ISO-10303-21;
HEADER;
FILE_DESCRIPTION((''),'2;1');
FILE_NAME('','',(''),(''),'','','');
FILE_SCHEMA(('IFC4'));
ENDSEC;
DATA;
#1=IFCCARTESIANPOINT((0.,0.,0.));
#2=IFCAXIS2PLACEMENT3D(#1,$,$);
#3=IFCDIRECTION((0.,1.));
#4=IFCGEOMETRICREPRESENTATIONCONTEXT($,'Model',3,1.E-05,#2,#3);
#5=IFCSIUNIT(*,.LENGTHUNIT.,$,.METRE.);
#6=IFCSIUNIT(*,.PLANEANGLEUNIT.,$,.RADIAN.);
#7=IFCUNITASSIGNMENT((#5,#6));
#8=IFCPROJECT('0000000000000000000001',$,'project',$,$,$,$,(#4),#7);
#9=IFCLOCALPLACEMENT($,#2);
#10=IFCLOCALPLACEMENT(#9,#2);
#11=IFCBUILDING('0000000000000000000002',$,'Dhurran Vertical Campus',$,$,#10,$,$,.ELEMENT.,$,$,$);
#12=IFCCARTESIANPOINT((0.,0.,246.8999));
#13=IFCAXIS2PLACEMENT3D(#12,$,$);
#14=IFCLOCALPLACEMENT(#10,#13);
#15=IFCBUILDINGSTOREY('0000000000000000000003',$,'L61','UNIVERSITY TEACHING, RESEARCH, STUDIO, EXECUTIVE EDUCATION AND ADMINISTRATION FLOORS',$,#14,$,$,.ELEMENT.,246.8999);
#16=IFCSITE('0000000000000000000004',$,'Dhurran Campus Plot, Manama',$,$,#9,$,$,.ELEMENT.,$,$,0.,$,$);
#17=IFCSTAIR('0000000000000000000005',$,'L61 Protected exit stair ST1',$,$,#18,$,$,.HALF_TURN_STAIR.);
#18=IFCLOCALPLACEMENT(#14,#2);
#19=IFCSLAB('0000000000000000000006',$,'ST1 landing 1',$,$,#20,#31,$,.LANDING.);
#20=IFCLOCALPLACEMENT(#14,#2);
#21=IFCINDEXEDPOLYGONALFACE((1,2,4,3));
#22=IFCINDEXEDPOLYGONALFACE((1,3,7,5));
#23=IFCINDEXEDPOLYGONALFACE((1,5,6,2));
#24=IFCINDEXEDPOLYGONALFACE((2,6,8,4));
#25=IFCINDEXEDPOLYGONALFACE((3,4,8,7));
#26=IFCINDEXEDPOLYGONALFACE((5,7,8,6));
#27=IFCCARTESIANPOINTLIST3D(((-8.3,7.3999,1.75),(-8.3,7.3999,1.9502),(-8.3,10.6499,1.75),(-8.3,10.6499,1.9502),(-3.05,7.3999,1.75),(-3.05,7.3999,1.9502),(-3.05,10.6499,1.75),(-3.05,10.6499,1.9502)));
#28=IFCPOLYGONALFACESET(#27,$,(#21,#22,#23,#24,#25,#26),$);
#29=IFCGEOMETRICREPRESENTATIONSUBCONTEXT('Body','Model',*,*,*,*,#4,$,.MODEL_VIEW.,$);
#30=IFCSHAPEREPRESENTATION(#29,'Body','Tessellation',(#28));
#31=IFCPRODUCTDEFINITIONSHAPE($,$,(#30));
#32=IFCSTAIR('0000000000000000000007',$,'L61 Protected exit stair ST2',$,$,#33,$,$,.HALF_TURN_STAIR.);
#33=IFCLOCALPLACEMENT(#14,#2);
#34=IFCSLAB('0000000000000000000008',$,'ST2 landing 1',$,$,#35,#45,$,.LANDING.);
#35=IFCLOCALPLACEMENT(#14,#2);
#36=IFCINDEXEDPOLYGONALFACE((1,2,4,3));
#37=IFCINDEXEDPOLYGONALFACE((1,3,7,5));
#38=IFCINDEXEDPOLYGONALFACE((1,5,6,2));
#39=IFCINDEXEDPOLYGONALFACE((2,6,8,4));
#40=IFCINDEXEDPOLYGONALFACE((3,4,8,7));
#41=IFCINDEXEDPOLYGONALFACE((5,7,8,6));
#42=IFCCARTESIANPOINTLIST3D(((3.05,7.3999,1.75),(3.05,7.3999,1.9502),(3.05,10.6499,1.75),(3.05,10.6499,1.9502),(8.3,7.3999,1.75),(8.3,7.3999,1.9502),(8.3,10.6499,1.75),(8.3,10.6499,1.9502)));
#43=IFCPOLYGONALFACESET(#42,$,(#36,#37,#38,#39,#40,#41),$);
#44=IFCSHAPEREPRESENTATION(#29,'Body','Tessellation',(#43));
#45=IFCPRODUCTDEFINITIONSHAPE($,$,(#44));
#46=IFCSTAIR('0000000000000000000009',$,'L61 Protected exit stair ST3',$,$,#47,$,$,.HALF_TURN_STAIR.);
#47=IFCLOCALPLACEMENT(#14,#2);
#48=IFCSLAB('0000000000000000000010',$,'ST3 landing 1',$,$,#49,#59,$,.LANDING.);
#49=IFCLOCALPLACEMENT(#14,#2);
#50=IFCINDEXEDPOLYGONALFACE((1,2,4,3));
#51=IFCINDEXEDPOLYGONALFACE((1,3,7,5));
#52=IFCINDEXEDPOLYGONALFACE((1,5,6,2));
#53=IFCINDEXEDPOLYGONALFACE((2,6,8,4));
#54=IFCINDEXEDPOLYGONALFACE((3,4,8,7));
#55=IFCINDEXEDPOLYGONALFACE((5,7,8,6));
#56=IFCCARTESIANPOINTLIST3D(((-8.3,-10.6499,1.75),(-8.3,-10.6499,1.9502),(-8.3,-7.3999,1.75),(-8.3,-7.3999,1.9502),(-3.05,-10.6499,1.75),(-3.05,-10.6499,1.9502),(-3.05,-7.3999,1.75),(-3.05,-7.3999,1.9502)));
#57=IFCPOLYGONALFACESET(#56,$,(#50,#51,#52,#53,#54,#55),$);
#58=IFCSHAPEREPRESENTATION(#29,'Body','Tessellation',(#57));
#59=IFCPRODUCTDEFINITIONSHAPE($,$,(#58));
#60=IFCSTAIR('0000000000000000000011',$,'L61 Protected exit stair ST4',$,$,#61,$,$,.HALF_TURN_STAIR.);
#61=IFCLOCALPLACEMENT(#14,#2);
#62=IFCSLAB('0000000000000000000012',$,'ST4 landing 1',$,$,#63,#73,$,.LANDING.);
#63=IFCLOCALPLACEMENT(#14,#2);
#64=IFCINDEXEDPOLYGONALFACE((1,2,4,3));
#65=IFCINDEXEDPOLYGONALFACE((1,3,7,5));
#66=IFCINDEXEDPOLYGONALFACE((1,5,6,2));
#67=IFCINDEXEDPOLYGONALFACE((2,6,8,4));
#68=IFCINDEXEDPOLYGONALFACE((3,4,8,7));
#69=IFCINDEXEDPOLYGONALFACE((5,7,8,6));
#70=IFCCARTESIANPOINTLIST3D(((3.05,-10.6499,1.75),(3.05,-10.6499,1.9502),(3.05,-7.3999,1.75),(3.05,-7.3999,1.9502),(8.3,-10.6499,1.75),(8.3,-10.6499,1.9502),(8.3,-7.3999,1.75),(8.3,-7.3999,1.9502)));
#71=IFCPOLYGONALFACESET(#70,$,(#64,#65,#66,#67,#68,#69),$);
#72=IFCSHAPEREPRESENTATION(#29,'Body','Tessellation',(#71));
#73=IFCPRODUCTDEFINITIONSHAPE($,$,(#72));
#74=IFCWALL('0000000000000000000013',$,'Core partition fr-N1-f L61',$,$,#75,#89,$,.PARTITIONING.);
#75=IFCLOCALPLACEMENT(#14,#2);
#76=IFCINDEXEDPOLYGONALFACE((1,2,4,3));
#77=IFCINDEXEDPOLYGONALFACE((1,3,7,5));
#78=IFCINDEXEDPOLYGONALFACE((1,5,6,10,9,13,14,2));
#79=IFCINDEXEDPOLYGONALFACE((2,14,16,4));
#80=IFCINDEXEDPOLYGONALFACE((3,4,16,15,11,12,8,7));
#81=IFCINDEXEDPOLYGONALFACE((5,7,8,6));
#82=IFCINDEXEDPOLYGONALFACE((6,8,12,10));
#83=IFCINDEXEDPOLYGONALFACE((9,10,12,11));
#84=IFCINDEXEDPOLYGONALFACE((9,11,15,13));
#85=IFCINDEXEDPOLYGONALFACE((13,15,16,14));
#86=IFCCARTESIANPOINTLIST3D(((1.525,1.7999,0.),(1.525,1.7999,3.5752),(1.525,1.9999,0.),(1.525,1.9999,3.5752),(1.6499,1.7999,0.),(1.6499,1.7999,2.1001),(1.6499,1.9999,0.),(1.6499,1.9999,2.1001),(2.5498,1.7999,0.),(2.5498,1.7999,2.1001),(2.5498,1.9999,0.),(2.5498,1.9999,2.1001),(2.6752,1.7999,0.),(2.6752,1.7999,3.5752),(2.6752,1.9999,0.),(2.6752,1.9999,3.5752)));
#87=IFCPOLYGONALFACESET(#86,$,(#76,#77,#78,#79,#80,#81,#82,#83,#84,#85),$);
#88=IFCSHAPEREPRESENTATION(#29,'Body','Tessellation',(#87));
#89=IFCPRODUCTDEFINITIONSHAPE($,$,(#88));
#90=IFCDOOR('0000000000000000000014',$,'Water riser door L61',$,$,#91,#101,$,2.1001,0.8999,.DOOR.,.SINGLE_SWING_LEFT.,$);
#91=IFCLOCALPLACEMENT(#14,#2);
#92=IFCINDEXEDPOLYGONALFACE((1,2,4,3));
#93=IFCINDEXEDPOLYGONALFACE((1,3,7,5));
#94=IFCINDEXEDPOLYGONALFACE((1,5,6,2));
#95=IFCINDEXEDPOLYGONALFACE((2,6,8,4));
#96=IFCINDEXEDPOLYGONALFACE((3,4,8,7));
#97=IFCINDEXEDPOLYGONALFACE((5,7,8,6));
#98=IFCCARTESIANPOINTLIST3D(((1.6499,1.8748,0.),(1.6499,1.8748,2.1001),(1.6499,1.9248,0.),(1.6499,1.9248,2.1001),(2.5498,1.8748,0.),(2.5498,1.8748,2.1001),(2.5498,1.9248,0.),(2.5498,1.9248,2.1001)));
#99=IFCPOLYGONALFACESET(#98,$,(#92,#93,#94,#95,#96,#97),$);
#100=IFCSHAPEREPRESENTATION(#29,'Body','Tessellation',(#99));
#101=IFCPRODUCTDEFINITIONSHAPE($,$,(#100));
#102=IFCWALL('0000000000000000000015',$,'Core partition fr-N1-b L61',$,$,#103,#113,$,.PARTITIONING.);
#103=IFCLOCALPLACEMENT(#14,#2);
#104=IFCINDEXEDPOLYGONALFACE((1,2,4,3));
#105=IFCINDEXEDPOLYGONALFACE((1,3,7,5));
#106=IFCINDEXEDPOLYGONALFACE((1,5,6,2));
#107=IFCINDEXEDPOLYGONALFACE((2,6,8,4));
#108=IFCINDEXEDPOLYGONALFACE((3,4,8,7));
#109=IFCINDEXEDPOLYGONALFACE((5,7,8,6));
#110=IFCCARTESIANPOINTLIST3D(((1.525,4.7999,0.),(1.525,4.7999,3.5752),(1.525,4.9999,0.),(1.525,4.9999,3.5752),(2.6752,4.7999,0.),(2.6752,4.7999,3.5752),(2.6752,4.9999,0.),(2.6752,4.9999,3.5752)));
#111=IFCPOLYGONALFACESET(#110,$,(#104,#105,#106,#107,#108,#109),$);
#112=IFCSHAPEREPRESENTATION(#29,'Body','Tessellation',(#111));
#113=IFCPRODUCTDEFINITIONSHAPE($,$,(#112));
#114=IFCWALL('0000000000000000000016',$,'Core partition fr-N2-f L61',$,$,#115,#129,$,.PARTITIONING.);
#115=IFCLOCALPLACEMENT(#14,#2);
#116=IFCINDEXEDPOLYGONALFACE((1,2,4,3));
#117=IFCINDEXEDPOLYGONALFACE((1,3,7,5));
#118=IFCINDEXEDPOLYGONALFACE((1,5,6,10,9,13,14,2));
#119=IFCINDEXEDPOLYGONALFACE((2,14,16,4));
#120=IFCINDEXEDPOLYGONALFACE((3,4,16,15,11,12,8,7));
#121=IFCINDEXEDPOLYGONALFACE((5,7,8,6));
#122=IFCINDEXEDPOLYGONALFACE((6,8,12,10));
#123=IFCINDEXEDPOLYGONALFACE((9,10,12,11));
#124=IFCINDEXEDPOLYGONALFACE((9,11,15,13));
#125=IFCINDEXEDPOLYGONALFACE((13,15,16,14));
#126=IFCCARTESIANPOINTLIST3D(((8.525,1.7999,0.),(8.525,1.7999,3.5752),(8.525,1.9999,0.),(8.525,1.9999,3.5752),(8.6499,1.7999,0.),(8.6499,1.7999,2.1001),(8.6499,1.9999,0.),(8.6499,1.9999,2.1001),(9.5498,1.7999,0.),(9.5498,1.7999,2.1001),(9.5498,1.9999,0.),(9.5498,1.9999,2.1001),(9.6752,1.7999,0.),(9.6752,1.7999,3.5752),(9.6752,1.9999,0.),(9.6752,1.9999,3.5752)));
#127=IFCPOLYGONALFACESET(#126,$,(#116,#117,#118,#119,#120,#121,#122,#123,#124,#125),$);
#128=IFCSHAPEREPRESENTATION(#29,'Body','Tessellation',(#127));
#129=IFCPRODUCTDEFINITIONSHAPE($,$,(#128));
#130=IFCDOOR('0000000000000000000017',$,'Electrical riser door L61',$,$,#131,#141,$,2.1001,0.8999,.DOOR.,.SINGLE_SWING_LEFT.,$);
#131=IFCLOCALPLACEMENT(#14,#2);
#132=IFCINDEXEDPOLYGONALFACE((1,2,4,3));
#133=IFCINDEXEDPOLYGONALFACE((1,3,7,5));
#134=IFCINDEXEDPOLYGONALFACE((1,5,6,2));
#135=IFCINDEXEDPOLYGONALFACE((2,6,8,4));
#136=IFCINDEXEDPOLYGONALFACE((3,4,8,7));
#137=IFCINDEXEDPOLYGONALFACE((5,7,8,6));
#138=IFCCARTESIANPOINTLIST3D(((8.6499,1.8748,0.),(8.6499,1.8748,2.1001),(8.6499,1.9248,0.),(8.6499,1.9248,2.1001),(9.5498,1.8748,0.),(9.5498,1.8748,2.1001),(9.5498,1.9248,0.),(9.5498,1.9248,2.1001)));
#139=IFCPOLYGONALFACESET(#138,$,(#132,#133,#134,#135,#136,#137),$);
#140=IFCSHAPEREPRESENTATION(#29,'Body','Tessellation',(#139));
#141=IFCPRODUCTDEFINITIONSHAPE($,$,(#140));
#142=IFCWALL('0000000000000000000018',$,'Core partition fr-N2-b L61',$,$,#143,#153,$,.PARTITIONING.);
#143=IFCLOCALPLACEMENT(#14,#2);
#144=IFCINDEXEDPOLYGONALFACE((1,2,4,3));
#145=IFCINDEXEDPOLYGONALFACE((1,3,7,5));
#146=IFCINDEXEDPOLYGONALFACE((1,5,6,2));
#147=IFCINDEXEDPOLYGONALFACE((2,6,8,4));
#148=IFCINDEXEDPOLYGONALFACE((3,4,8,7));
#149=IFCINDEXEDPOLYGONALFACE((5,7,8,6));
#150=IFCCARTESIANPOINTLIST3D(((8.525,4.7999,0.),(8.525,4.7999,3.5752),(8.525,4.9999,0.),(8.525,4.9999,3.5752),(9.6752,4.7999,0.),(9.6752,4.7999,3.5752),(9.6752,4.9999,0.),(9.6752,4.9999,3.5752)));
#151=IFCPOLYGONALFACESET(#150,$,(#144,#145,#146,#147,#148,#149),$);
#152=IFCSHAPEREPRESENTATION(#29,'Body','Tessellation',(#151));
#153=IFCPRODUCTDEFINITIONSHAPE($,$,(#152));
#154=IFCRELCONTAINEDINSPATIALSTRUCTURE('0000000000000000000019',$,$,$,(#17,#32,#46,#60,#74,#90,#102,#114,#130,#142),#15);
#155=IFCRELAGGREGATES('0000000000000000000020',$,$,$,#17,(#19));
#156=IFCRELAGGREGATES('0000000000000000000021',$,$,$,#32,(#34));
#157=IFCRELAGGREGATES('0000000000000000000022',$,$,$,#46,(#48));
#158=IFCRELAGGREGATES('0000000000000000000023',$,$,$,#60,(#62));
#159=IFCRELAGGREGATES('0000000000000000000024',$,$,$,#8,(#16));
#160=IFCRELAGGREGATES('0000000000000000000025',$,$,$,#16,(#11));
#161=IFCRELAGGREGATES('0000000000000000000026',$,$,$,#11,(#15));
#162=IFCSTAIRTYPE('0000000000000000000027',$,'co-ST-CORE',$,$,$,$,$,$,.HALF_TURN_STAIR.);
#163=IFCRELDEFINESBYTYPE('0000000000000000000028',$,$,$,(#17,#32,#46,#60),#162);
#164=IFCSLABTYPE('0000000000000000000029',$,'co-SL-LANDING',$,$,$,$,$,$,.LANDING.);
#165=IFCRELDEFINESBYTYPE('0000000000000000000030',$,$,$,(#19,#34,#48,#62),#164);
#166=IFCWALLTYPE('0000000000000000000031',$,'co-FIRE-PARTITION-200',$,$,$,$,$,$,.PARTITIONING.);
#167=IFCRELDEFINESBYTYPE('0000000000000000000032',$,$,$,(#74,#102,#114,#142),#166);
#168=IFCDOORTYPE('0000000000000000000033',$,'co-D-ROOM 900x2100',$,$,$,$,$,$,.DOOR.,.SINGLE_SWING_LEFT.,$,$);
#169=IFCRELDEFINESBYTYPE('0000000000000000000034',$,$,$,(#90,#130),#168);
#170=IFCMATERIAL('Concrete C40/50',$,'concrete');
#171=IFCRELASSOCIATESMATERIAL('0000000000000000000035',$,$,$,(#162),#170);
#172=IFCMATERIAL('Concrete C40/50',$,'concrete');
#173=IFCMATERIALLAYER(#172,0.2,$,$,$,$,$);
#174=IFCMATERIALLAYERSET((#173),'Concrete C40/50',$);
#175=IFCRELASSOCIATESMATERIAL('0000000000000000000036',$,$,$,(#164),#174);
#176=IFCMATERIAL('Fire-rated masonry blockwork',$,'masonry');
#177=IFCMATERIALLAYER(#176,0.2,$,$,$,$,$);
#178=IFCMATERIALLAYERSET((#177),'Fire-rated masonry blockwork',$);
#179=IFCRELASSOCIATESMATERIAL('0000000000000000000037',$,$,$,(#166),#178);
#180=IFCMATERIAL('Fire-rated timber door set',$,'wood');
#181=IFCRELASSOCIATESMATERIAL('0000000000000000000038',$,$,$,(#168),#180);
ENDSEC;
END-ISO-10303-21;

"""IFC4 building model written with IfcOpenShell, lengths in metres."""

from ifc_helpers import new_model, si_unit, direction, frame, frame_2d, origin, place, context, subcontext, project, spatial, polyline, rectangle, outline, extrude, material, layer, layer_set, type_object, element, fill, aggregate, save


model = new_model("IFC4")

# Units and contexts
model_context = context("Model", 3, precision=1e-05, world=origin(), true_north=direction((0.0, 1.0)))
body_context = subcontext(model_context, "Body", "Model", "MODEL_VIEW")
ifc_project = project(units=[si_unit("LENGTHUNIT", "METRE"), si_unit("PLANEANGLEUNIT", "RADIAN")], contexts=[model_context])

# Site, building, storey
site_placement = place(None, origin())
site = spatial("IfcSite", under=ifc_project, at=site_placement, Name="Dhurran Campus Plot, Manama", CompositionType="ELEMENT", RefElevation=0.0)
building_placement = place(site_placement, origin())
building = spatial("IfcBuilding", under=site, at=building_placement, Name="Dhurran Vertical Campus", CompositionType="ELEMENT")
storey_placement = place(building_placement, frame((0.0, 0.0, 246.8999)))
storey = spatial("IfcBuildingStorey", under=building, at=storey_placement, Name="L61", Description="UNIVERSITY TEACHING, RESEARCH, STUDIO, EXECUTIVE EDUCATION AND ADMINISTRATION FLOORS", CompositionType="ELEMENT", Elevation=246.8999)

# Stairs, slabs
ifc_material_1 = material(Name="Concrete C40/50", Category="concrete")
stair_type = type_object("IfcStairType", Name="co-ST-CORE", PredefinedType="HALF_TURN_STAIR", material=ifc_material_1)
stair_1_placement = place(storey_placement, origin())
stair_1 = element("IfcStair", 1, at=stair_1_placement, inside=storey, type_object=stair_type, Name="L61 Protected exit stair ST1", PredefinedType="HALF_TURN_STAIR")
ifc_material_2 = material(Name="Concrete C40/50", Category="concrete")
ifc_layer_1 = layer(ifc_material_2, 0.2)
ifc_layer_set_1 = layer_set([ifc_layer_1], Name="Concrete C40/50")
slab_type = type_object("IfcSlabType", Name="co-SL-LANDING", PredefinedType="LANDING", material=ifc_layer_set_1)
slab_1_placement = place(storey_placement, frame((0.0, 0.0, 1.75)))
slab_1 = element("IfcSlab", 2, at=slab_1_placement, type_object=slab_type, Name="ST1 landing 1", PredefinedType="LANDING", context=body_context, shape_type="SweptSolid", body=[
    extrude(outline(polyline([(-8.3, 7.3999), (-3.05, 7.3999), (-3.05, 10.6499), (-8.3, 10.6499), (-8.3, 7.3999)])), origin(), (0.0, 0.0, 1.0), 0.2002),
])
aggregate(stair_1, [slab_1])
stair_2_placement = place(storey_placement, origin())
stair_2 = element("IfcStair", 3, at=stair_2_placement, inside=storey, type_object=stair_type, Name="L61 Protected exit stair ST2", PredefinedType="HALF_TURN_STAIR")
slab_2_placement = place(storey_placement, frame((0.0, 0.0, 1.75)))
slab_2 = element("IfcSlab", 4, at=slab_2_placement, type_object=slab_type, Name="ST2 landing 1", PredefinedType="LANDING", context=body_context, shape_type="SweptSolid", body=[
    extrude(outline(polyline([(8.3, 10.6499), (3.05, 10.6499), (3.05, 7.3999), (8.3, 7.3999), (8.3, 10.6499)])), origin(), (0.0, 0.0, 1.0), 0.2002),
])
aggregate(stair_2, [slab_2])
stair_3_placement = place(storey_placement, origin())
stair_3 = element("IfcStair", 5, at=stair_3_placement, inside=storey, type_object=stair_type, Name="L61 Protected exit stair ST3", PredefinedType="HALF_TURN_STAIR")
slab_3_placement = place(storey_placement, frame((0.0, 0.0, 1.75)))
slab_3 = element("IfcSlab", 6, at=slab_3_placement, type_object=slab_type, Name="ST3 landing 1", PredefinedType="LANDING", context=body_context, shape_type="SweptSolid", body=[
    extrude(outline(polyline([(-8.3, -10.6499), (-3.05, -10.6499), (-3.05, -7.3999), (-8.3, -7.3999), (-8.3, -10.6499)])), origin(), (0.0, 0.0, 1.0), 0.2002),
])
aggregate(stair_3, [slab_3])
stair_4_placement = place(storey_placement, origin())
stair_4 = element("IfcStair", 7, at=stair_4_placement, inside=storey, type_object=stair_type, Name="L61 Protected exit stair ST4", PredefinedType="HALF_TURN_STAIR")
slab_4_placement = place(storey_placement, frame((0.0, 0.0, 1.75)))
slab_4 = element("IfcSlab", 8, at=slab_4_placement, type_object=slab_type, Name="ST4 landing 1", PredefinedType="LANDING", context=body_context, shape_type="SweptSolid", body=[
    extrude(outline(polyline([(8.3, -7.3999), (3.05, -7.3999), (3.05, -10.6499), (8.3, -10.6499), (8.3, -7.3999)])), origin(), (0.0, 0.0, 1.0), 0.2002),
])
aggregate(stair_4, [slab_4])

# Wall, opening, door
ifc_material_3 = material(Name="Fire-rated masonry blockwork", Category="masonry")
ifc_layer_2 = layer(ifc_material_3, 0.2)
ifc_layer_set_2 = layer_set([ifc_layer_2], Name="Fire-rated masonry blockwork")
wall_type_1 = type_object("IfcWallType", Name="co-FIRE-PARTITION-200", PredefinedType="PARTITIONING", material=ifc_layer_set_2)
wall_1_placement = place(storey_placement, frame((1.5249, 1.8999, 0.0), z_axis=(0.0, 0.0, 1.0), x_axis=(1.0, 0.0, 0.0)))
wall_1 = element("IfcWall", 9, at=wall_1_placement, inside=storey, type_object=wall_type_1, Name="Core partition fr-N1-f L61", PredefinedType="PARTITIONING", context=body_context, shape_type="SweptSolid", body=[
    extrude(rectangle(XDim=1.1501, YDim=0.2, at=frame_2d((0.5752, 0.0))), origin(), (0.0, 0.0, 1.0), 3.5752),
])
opening_1_placement = place(wall_1_placement, frame((0.125, 0.0, 0.0)))
opening_1 = element("IfcOpeningElement", 10, at=opening_1_placement, cuts=wall_1, PredefinedType="OPENING", context=body_context, shape_type="SweptSolid", body=[
    extrude(rectangle(XDim=0.8999, YDim=2.1001, at=frame_2d((0.45, 1.05))), frame((0.0, 0.1099, 0.0), z_axis=(0.0, -1.0, 0.0), x_axis=(1.0, 0.0, 0.0)), (0.0, 0.0, 1.0), 0.22),
])
ifc_material_4 = material(Name="Fire-rated timber door set", Category="wood")
door_type_1 = type_object("IfcDoorType", Name="co-D-ROOM 900x2100", OperationType="SINGLE_SWING_LEFT", PredefinedType="DOOR", material=ifc_material_4)
door_1_placement = place(opening_1_placement, origin())
door_1 = element("IfcDoor", 11, at=door_1_placement, inside=storey, type_object=door_type_1, Name="Water riser door L61", OperationType="SINGLE_SWING_LEFT", OverallHeight=2.1001, OverallWidth=0.8999, PredefinedType="DOOR", context=body_context, shape_type="SweptSolid", body=[
    extrude(rectangle(XDim=0.8999, YDim=2.1001, at=frame_2d((0.45, 1.05))), frame((0.0, 0.0249, 0.0), z_axis=(0.0, -1.0, 0.0), x_axis=(1.0, 0.0, 0.0)), (0.0, 0.0, 1.0), 0.05),
])
fill(opening_1, door_1)

# Wall
wall_2_placement = place(storey_placement, frame((1.5249, 4.8999, 0.0), z_axis=(0.0, 0.0, 1.0), x_axis=(1.0, 0.0, 0.0)))
element("IfcWall", 12, at=wall_2_placement, inside=storey, type_object=wall_type_1, Name="Core partition fr-N1-b L61", PredefinedType="PARTITIONING", context=body_context, shape_type="SweptSolid", body=[
    extrude(rectangle(XDim=1.1501, YDim=0.2, at=frame_2d((0.5752, 0.0))), origin(), (0.0, 0.0, 1.0), 3.5752),
])

# Wall, opening, door
wall_3_placement = place(storey_placement, frame((8.5249, 1.8999, 0.0), z_axis=(0.0, 0.0, 1.0), x_axis=(1.0, 0.0, 0.0)))
wall_3 = element("IfcWall", 13, at=wall_3_placement, inside=storey, type_object=wall_type_1, Name="Core partition fr-N2-f L61", PredefinedType="PARTITIONING", context=body_context, shape_type="SweptSolid", body=[
    extrude(rectangle(XDim=1.1501, YDim=0.2, at=frame_2d((0.5752, 0.0))), origin(), (0.0, 0.0, 1.0), 3.5752),
])
opening_2_placement = place(wall_3_placement, frame((0.125, 0.0, 0.0)))
opening_2 = element("IfcOpeningElement", 14, at=opening_2_placement, cuts=wall_3, PredefinedType="OPENING", context=body_context, shape_type="SweptSolid", body=[
    extrude(rectangle(XDim=0.8999, YDim=2.1001, at=frame_2d((0.45, 1.05))), frame((0.0, 0.1099, 0.0), z_axis=(0.0, -1.0, 0.0), x_axis=(1.0, 0.0, 0.0)), (0.0, 0.0, 1.0), 0.22),
])
door_2_placement = place(opening_2_placement, origin())
door_2 = element("IfcDoor", 15, at=door_2_placement, inside=storey, type_object=door_type_1, Name="Electrical riser door L61", OperationType="SINGLE_SWING_LEFT", OverallHeight=2.1001, OverallWidth=0.8999, PredefinedType="DOOR", context=body_context, shape_type="SweptSolid", body=[
    extrude(rectangle(XDim=0.8999, YDim=2.1001, at=frame_2d((0.45, 1.05))), frame((0.0, 0.0249, 0.0), z_axis=(0.0, -1.0, 0.0), x_axis=(1.0, 0.0, 0.0)), (0.0, 0.0, 1.0), 0.05),
])
fill(opening_2, door_2)

# Wall
wall_4_placement = place(storey_placement, frame((8.5249, 4.8999, 0.0), z_axis=(0.0, 0.0, 1.0), x_axis=(1.0, 0.0, 0.0)))
element("IfcWall", 16, at=wall_4_placement, inside=storey, type_object=wall_type_1, Name="Core partition fr-N2-b L61", PredefinedType="PARTITIONING", context=body_context, shape_type="SweptSolid", body=[
    extrude(rectangle(XDim=1.1501, YDim=0.2, at=frame_2d((0.5752, 0.0))), origin(), (0.0, 0.0, 1.0), 3.5752),
])

save(model, "model.ifc")
